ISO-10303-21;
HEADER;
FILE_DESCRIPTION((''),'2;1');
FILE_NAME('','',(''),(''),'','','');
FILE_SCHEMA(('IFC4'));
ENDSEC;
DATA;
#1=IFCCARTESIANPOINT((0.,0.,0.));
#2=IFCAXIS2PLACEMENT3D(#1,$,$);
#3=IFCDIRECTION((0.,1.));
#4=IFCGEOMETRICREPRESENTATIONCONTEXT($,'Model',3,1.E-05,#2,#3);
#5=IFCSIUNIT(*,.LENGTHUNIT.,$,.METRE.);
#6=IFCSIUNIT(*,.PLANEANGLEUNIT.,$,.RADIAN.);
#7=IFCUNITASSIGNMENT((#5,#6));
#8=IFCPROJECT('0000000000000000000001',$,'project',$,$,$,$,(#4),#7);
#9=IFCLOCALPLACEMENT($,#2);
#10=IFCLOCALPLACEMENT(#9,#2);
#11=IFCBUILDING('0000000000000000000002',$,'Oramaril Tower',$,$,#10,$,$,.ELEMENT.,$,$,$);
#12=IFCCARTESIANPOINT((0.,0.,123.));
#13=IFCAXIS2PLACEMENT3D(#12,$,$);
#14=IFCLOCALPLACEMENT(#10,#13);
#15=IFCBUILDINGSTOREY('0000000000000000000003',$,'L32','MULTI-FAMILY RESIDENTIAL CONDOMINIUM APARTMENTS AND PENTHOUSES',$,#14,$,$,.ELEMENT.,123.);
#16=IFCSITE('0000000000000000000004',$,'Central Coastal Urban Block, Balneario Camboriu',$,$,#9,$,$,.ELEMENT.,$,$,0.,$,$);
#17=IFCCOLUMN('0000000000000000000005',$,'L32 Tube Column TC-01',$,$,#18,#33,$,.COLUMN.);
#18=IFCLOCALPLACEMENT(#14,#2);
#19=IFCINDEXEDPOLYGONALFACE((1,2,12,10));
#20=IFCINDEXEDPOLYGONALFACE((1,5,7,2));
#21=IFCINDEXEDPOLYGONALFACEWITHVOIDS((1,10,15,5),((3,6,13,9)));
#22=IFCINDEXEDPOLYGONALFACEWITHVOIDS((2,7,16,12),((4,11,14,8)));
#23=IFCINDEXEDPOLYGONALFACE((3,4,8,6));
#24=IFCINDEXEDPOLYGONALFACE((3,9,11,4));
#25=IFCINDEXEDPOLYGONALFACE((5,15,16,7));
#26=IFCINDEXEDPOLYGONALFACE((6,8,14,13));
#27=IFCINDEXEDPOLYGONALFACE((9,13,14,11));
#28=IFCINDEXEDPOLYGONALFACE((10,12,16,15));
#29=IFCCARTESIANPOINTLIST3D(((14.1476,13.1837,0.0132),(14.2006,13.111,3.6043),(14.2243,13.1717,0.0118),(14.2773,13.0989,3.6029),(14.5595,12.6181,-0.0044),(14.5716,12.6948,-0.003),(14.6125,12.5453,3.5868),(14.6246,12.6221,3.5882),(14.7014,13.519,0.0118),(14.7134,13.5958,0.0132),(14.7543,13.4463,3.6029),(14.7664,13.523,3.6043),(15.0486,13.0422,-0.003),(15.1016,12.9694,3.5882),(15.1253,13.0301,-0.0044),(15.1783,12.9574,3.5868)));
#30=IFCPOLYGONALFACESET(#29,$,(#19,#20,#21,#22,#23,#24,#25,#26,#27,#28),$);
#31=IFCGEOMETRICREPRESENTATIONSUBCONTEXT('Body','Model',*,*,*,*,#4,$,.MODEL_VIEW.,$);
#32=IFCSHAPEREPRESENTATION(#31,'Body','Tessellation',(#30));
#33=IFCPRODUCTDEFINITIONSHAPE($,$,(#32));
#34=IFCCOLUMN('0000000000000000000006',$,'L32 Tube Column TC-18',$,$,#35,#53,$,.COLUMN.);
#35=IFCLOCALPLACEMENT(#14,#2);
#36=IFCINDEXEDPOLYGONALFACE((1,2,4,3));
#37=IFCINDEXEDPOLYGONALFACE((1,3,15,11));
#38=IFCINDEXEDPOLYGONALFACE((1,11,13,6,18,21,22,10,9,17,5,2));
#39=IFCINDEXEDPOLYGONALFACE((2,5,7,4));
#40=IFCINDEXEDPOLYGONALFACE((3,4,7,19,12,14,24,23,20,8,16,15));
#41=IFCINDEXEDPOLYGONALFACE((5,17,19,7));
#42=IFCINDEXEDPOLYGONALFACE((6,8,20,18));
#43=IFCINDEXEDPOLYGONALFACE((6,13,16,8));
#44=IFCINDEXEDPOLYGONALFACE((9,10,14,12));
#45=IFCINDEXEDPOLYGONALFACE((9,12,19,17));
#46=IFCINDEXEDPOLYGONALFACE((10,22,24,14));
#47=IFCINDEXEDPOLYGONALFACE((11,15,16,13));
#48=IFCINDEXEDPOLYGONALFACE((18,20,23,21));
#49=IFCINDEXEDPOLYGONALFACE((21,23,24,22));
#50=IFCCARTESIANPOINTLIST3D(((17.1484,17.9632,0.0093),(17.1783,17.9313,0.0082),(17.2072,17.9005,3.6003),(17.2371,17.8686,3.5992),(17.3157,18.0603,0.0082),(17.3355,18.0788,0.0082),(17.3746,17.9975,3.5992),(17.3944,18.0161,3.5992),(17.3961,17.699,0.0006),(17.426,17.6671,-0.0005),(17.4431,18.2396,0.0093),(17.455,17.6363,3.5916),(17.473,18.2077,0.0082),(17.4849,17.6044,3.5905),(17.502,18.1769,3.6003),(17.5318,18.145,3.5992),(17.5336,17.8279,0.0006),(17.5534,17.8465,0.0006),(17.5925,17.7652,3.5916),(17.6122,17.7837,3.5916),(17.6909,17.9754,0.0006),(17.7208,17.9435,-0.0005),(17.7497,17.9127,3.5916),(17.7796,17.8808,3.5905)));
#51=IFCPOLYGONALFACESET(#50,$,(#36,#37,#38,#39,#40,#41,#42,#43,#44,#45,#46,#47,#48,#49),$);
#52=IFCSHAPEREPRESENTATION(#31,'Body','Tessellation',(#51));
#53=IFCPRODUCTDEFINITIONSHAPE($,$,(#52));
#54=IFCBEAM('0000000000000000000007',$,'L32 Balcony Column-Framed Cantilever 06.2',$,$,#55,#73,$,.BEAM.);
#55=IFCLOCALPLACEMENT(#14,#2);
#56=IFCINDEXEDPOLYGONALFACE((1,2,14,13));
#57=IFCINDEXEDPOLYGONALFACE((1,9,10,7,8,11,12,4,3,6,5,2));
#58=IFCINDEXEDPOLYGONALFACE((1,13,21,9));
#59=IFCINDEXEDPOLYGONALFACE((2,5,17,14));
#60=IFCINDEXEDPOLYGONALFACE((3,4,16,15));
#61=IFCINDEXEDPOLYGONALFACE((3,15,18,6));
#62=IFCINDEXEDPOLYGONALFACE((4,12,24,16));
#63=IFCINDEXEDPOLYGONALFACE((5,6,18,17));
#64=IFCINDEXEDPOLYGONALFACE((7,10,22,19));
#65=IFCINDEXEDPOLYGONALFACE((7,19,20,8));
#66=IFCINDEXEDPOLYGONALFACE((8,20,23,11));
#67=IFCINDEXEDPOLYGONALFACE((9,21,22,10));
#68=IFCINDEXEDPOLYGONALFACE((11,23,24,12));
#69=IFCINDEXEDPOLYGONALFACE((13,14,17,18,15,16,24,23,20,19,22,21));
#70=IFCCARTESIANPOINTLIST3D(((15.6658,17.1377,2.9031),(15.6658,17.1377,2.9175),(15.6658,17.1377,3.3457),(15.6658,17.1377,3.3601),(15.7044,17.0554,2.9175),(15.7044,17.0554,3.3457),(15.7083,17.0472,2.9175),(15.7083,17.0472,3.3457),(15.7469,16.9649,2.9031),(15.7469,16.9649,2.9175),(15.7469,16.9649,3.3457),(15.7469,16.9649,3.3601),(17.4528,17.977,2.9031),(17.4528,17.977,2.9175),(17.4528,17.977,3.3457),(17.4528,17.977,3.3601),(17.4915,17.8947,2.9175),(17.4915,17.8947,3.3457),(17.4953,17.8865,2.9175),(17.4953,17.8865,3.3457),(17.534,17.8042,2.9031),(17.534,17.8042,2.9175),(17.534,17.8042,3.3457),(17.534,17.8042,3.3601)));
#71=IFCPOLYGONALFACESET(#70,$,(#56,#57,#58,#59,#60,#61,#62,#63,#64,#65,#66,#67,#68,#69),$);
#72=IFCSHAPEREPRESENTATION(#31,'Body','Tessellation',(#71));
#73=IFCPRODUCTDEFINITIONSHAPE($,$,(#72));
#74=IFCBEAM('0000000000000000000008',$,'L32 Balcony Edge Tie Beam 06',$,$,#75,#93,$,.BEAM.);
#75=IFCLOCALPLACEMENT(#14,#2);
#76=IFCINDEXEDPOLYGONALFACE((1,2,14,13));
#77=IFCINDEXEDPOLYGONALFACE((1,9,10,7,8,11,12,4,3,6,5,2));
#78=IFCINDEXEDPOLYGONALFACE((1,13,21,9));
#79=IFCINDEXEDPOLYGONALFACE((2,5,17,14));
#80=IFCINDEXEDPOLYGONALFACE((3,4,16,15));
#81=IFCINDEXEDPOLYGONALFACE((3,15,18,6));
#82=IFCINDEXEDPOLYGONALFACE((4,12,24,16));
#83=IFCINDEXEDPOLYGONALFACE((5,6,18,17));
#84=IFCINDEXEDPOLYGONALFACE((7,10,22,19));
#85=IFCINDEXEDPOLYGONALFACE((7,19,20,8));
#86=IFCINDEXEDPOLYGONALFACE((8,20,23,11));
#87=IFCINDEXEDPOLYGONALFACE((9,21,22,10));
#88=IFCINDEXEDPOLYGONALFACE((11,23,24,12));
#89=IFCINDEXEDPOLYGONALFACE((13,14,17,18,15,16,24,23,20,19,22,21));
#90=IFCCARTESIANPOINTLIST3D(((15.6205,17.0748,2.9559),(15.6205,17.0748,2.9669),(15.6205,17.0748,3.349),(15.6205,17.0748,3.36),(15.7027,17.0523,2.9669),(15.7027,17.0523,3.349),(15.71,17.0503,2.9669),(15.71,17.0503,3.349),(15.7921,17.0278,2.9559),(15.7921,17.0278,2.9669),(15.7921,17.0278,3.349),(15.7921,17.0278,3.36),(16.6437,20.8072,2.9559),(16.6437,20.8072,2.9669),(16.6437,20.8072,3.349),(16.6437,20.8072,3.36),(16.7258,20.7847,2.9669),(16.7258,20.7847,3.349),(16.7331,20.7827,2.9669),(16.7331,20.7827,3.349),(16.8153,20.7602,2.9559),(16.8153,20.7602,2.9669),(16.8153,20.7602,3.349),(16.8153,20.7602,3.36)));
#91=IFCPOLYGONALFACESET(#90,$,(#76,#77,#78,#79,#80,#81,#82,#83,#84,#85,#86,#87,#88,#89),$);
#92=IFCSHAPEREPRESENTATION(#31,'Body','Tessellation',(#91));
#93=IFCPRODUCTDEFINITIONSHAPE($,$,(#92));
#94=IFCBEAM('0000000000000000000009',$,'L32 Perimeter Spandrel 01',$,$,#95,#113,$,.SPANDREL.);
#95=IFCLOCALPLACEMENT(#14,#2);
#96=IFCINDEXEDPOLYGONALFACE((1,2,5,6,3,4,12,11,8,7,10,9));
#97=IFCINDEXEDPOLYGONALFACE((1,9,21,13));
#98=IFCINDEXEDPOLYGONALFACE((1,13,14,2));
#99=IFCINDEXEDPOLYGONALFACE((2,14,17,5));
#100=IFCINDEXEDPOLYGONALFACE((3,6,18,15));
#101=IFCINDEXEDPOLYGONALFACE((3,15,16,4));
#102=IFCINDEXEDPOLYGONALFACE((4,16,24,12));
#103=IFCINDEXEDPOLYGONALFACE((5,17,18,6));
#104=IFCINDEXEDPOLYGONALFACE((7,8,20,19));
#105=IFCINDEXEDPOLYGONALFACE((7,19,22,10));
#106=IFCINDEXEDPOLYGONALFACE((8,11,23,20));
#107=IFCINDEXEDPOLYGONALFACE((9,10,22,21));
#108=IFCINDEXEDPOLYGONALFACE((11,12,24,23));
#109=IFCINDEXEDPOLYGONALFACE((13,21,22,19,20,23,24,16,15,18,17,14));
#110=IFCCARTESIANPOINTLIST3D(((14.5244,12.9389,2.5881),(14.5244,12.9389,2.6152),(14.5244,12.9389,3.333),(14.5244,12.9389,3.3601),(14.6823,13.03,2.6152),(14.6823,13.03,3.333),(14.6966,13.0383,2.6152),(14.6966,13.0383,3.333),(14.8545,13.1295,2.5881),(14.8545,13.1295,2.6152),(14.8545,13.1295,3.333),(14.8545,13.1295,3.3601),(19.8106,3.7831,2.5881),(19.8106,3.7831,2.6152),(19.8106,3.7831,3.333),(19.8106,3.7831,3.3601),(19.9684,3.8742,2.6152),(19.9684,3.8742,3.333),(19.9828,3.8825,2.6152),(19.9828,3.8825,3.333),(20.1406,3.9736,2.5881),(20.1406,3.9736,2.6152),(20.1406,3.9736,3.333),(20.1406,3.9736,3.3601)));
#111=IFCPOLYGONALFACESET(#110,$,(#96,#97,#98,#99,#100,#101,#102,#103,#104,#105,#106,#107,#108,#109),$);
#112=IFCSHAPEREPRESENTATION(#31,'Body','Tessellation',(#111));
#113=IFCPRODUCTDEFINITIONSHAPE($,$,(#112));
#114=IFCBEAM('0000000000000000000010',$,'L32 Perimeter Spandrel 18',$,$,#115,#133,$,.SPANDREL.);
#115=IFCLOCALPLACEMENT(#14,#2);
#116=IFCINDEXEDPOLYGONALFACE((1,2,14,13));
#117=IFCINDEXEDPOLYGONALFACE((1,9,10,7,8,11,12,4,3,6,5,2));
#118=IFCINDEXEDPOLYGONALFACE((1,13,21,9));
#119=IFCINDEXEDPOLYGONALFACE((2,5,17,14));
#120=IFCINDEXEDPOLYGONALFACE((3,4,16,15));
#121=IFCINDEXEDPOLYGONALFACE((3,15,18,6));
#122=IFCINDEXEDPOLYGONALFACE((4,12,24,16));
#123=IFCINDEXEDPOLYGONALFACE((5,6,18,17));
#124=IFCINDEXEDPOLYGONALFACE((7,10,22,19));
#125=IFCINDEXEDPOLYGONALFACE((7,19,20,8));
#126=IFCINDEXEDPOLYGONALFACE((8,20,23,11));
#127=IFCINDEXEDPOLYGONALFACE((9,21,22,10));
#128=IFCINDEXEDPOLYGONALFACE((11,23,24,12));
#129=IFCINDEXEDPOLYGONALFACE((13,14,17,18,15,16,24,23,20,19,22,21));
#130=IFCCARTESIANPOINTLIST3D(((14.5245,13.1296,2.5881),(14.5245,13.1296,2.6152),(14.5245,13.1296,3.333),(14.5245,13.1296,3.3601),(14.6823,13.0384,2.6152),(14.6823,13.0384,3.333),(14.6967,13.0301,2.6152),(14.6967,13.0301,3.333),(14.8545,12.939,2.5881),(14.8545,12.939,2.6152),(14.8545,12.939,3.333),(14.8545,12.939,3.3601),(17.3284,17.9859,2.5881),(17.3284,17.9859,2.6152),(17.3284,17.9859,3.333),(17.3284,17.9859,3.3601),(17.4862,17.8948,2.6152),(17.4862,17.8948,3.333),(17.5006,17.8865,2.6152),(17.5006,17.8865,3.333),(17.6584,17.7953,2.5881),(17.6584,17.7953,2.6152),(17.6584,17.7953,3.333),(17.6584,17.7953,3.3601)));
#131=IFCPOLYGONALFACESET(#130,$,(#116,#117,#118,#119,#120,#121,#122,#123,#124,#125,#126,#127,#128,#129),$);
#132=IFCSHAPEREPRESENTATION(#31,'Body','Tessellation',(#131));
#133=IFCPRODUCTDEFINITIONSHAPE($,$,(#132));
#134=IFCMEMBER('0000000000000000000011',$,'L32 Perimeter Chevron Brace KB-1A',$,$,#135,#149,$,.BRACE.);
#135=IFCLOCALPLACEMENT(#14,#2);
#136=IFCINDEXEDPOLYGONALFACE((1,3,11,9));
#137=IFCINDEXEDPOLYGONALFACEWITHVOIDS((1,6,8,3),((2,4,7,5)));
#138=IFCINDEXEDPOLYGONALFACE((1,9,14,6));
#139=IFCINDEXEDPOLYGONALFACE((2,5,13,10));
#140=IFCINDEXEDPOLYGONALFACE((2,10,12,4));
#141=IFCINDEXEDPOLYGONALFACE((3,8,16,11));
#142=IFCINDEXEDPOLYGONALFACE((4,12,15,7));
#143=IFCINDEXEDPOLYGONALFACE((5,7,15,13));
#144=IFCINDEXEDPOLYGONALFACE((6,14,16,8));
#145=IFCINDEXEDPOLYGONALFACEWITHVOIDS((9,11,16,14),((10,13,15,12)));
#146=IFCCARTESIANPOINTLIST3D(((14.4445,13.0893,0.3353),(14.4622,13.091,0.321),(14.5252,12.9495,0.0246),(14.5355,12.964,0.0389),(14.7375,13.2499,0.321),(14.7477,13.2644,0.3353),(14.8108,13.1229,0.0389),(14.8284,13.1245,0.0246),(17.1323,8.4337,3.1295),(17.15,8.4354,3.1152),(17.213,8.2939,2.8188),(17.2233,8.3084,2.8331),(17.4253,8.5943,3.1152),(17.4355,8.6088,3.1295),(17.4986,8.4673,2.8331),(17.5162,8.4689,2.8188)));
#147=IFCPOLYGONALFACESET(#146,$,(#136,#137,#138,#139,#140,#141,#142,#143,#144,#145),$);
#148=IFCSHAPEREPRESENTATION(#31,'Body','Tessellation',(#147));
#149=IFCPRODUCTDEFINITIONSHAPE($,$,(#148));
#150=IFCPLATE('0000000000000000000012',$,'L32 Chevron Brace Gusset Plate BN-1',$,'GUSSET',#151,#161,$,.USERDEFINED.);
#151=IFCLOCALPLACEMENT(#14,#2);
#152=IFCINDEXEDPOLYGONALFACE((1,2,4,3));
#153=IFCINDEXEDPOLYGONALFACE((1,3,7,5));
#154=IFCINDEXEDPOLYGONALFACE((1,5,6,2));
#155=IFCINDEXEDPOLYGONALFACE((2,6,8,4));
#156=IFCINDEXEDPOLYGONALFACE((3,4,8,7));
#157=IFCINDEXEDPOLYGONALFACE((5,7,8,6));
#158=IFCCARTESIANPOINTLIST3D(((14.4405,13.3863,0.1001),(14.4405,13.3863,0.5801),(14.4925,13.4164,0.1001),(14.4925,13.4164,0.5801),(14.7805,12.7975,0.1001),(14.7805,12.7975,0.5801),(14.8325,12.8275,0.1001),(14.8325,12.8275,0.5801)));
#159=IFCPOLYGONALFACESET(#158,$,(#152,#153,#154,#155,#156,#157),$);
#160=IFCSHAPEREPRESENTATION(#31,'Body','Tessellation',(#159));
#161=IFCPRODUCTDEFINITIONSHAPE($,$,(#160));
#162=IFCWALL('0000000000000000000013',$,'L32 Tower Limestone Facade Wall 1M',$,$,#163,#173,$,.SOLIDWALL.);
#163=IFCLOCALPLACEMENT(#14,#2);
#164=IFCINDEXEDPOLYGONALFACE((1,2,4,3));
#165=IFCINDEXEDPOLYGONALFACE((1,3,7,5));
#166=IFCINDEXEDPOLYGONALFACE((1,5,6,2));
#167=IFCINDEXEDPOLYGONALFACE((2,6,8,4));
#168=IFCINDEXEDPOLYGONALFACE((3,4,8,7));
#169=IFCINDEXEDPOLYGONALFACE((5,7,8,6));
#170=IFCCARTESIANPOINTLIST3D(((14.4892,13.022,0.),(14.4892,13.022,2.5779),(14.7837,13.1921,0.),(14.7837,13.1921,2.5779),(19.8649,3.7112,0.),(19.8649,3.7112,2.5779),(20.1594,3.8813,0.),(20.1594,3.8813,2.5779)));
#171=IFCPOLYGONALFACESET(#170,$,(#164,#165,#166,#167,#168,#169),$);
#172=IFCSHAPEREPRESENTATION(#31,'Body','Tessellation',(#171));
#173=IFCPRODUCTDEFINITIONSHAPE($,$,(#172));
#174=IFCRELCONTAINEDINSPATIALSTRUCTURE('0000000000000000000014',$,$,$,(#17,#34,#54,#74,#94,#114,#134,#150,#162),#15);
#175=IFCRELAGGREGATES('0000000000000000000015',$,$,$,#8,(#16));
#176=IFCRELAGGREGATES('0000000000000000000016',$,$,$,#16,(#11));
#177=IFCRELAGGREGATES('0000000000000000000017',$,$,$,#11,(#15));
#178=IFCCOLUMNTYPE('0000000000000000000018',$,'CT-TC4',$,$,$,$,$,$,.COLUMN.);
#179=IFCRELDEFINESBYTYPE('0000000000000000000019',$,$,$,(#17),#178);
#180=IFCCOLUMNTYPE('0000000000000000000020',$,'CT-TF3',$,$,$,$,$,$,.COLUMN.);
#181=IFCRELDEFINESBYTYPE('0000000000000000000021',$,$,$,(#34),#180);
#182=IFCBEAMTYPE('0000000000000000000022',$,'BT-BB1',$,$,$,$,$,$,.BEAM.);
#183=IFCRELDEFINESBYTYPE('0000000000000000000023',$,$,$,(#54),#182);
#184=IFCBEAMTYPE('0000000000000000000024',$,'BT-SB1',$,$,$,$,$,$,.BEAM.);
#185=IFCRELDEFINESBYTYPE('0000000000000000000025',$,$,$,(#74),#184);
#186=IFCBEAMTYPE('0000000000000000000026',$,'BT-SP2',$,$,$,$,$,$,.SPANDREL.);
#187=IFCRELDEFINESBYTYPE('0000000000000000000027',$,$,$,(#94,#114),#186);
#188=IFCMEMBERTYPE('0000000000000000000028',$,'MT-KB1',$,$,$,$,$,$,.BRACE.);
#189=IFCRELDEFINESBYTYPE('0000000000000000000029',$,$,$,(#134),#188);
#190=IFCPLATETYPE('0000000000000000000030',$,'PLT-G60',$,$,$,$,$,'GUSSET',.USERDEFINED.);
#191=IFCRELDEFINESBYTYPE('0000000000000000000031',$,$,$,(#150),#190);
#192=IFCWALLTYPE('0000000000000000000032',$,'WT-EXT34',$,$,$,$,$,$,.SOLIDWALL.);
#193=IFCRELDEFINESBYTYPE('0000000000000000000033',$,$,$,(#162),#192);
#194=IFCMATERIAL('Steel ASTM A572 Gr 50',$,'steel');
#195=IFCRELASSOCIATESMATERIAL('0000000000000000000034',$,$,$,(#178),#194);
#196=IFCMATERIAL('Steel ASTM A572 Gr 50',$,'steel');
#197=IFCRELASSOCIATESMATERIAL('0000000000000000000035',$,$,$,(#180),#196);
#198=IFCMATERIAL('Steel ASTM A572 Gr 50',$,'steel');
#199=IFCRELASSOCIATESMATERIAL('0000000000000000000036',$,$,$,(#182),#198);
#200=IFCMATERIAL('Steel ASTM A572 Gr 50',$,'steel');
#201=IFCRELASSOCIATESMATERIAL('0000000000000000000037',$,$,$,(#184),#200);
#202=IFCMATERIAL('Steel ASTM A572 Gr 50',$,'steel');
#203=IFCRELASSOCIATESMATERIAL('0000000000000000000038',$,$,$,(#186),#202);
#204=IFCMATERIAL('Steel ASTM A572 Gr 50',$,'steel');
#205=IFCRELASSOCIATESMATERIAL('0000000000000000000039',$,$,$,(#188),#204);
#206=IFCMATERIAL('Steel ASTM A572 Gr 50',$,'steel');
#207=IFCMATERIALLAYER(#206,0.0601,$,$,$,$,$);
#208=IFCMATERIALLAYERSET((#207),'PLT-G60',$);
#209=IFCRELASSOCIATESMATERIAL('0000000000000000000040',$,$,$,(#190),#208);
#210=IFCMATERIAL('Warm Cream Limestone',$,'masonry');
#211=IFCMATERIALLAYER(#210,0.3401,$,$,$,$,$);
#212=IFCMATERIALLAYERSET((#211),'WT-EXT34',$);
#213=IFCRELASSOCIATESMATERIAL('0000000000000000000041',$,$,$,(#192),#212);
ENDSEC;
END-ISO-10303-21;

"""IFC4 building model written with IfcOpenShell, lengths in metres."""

from ifc_helpers import new_model, si_unit, direction, frame, frame_2d, origin, origin_2d, place, context, subcontext, project, spatial, rectangle, hollow_rectangle, i_section, extrude, material, layer, layer_set, material_profile, profile_set, type_object, element, save


model = new_model("IFC4")

# Units and contexts
model_context = context("Model", 3, precision=1e-05, world=origin(), true_north=direction((0.0, 1.0)))
body_context = subcontext(model_context, "Body", "Model", "MODEL_VIEW")
ifc_project = project(units=[si_unit("LENGTHUNIT", "METRE"), si_unit("PLANEANGLEUNIT", "RADIAN")], contexts=[model_context])

# Site, building, storey
site_placement = place(None, origin())
site = spatial("IfcSite", under=ifc_project, at=site_placement, Name="Central Coastal Urban Block, Balneario Camboriu", CompositionType="ELEMENT", RefElevation=0.0)
building_placement = place(site_placement, origin())
building = spatial("IfcBuilding", under=site, at=building_placement, Name="Oramaril Tower", CompositionType="ELEMENT")
storey_placement = place(building_placement, frame((0.0, 0.0, 123.0)))
storey = spatial("IfcBuildingStorey", under=building, at=storey_placement, Name="L32", Description="MULTI-FAMILY RESIDENTIAL CONDOMINIUM APARTMENTS AND PENTHOUSES", CompositionType="ELEMENT", Elevation=123.0)

# Columns
ifc_material_1 = material(Name="Steel ASTM A572 Gr 50", Category="steel")
ifc_material_profile_1 = material_profile(ifc_material_1, hollow_rectangle(XDim=0.7, YDim=0.7, WallThickness=0.0549, at=origin_2d()), Name="BOX700X700X55")
ifc_profile_set_1 = profile_set([ifc_material_profile_1], Name="Steel ASTM A572 Gr 50")
column_type_1 = type_object("IfcColumnType", Name="CT-TC4", PredefinedType="COLUMN", material=ifc_profile_set_1)
column_1_placement = place(storey_placement, frame((14.6365, 13.1069, 0.0044), z_axis=(0.014748, -0.020253, 0.999686), x_axis=(0.808384, 0.588655, 0.0)))
element("IfcColumn", 1, at=column_1_placement, inside=storey, type_object=column_type_1, Name="L32 Tube Column TC-01", PredefinedType="COLUMN", context=body_context, shape_type="SweptSolid", body=[
    extrude(hollow_rectangle(XDim=0.7, YDim=0.7, WallThickness=0.0549, at=origin_2d()), origin(), (0.0, 0.0, 1.0), 3.5923),
])
ifc_material_2 = material(Name="Steel ASTM A572 Gr 50", Category="steel")
ifc_material_profile_2 = material_profile(ifc_material_2, i_section(OverallWidth=0.4041, OverallDepth=0.406, WebThickness=0.0271, FlangeThickness=0.0437, at=origin_2d()), Name="W14X233")
ifc_profile_set_2 = profile_set([ifc_material_profile_2], Name="Steel ASTM A572 Gr 50")
column_type_2 = type_object("IfcColumnType", Name="CT-TF3", PredefinedType="COLUMN", material=ifc_profile_set_2)
column_2_placement = place(storey_placement, frame((17.4346, 17.9534, 0.0044), z_axis=(0.01638, -0.017467, 0.999713), x_axis=(0.729449, 0.684036, 0.0)))
element("IfcColumn", 2, at=column_2_placement, inside=storey, type_object=column_type_2, Name="L32 Tube Column TC-18", PredefinedType="COLUMN", context=body_context, shape_type="SweptSolid", body=[
    extrude(i_section(OverallWidth=0.4041, OverallDepth=0.406, WebThickness=0.0271, FlangeThickness=0.0437, at=origin_2d()), origin(), (0.0, 0.0, 1.0), 3.592),
])

# Beams
ifc_material_3 = material(Name="Steel ASTM A572 Gr 50", Category="steel")
ifc_material_profile_3 = material_profile(ifc_material_3, i_section(OverallWidth=0.1909, OverallDepth=0.457, WebThickness=0.009, FlangeThickness=0.0144, at=origin_2d()), Name="W18X50")
ifc_profile_set_3 = profile_set([ifc_material_profile_3], Name="Steel ASTM A572 Gr 50")
beam_type_1 = type_object("IfcBeamType", Name="BT-BB1", PredefinedType="BEAM", material=ifc_profile_set_3)
beam_1_placement = place(storey_placement, frame((17.4934, 17.8906, 3.1316), z_axis=(-0.905138, -0.425118, 0.0), x_axis=(0.425118, -0.905138, 0.0)))
element("IfcBeam", 3, at=beam_1_placement, inside=storey, type_object=beam_type_1, Name="L32 Balcony Column-Framed Cantilever 06.2", PredefinedType="BEAM", context=body_context, shape_type="SweptSolid", body=[
    extrude(i_section(OverallWidth=0.1909, OverallDepth=0.457, WebThickness=0.009, FlangeThickness=0.0144, at=origin_2d()), origin(), (0.0, 0.0, 1.0), 1.9744),
])
ifc_material_4 = material(Name="Steel ASTM A572 Gr 50", Category="steel")
ifc_material_profile_4 = material_profile(ifc_material_4, i_section(OverallWidth=0.178, OverallDepth=0.4041, WebThickness=0.0076, FlangeThickness=0.011, at=origin_2d()), Name="W16X36")
ifc_profile_set_4 = profile_set([ifc_material_profile_4], Name="Steel ASTM A572 Gr 50")
beam_type_2 = type_object("IfcBeamType", Name="BT-SB1", PredefinedType="BEAM", material=ifc_profile_set_4)
beam_2_placement = place(storey_placement, frame((16.7295, 20.7837, 3.158), z_axis=(-0.264382, -0.964418, 0.0), x_axis=(0.964418, -0.264382, 0.0)))
element("IfcBeam", 4, at=beam_2_placement, inside=storey, type_object=beam_type_2, Name="L32 Balcony Edge Tie Beam 06", PredefinedType="BEAM", context=body_context, shape_type="SweptSolid", body=[
    extrude(i_section(OverallWidth=0.178, OverallDepth=0.4041, WebThickness=0.0076, FlangeThickness=0.011, at=origin_2d()), origin(), (0.0, 0.0, 1.0), 3.8701),
])
ifc_material_5 = material(Name="Steel ASTM A572 Gr 50", Category="steel")
ifc_material_profile_5 = material_profile(ifc_material_5, i_section(OverallWidth=0.3811, OverallDepth=0.772, WebThickness=0.0166, FlangeThickness=0.0271, at=origin_2d()), Name="W30X173")
ifc_profile_set_5 = profile_set([ifc_material_profile_5], Name="Steel ASTM A572 Gr 50")
beam_type_3 = type_object("IfcBeamType", Name="BT-SP2", PredefinedType="SPANDREL", material=ifc_profile_set_5)
beam_3_placement = place(storey_placement, frame((14.6895, 13.0342, 2.9741), z_axis=(0.500004, -0.866023, 0.0), x_axis=(0.866023, 0.500004, 0.0)))
element("IfcBeam", 5, at=beam_3_placement, inside=storey, type_object=beam_type_3, Name="L32 Perimeter Spandrel 01", PredefinedType="SPANDREL", context=body_context, shape_type="SweptSolid", body=[
    extrude(i_section(OverallWidth=0.3811, OverallDepth=0.772, WebThickness=0.0166, FlangeThickness=0.0271, at=origin_2d()), origin(), (0.0, 0.0, 1.0), 10.5723),
])
beam_4_placement = place(storey_placement, frame((17.4934, 17.8906, 2.9741), z_axis=(-0.500011, -0.866019, 0.0), x_axis=(0.866019, -0.500011, 0.0)))
element("IfcBeam", 6, at=beam_4_placement, inside=storey, type_object=beam_type_3, Name="L32 Perimeter Spandrel 18", PredefinedType="SPANDREL", context=body_context, shape_type="SweptSolid", body=[
    extrude(i_section(OverallWidth=0.3811, OverallDepth=0.772, WebThickness=0.0166, FlangeThickness=0.0271, at=origin_2d()), origin(), (0.0, 0.0, 1.0), 5.6077),
])

# Member
ifc_material_6 = material(Name="Steel ASTM A572 Gr 50", Category="steel")
ifc_material_profile_6 = material_profile(ifc_material_6, hollow_rectangle(XDim=0.3501, YDim=0.3501, WallThickness=0.0161, at=origin_2d()), Name="HSS350X350X16")
ifc_profile_set_6 = profile_set([ifc_material_profile_6], Name="Steel ASTM A572 Gr 50")
member_type = type_object("IfcMemberType", Name="MT-KB1", PredefinedType="BRACE", material=ifc_profile_set_6)
member_placement = place(storey_placement, frame((14.6365, 13.1069, 0.1799), z_axis=(0.443633, -0.768429, 0.461202), x_axis=(0.866035, 0.499983, 0.0)))
element("IfcMember", 7, at=member_placement, inside=storey, type_object=member_type, Name="L32 Perimeter Chevron Brace KB-1A", PredefinedType="BRACE", context=body_context, shape_type="SweptSolid", body=[
    extrude(hollow_rectangle(XDim=0.3501, YDim=0.3501, WallThickness=0.0161, at=origin_2d()), origin(), (0.0, 0.0, 1.0), 6.0586),
])

# Plate
ifc_material_7 = material(Name="Steel ASTM A572 Gr 50", Category="steel")
ifc_layer_1 = layer(ifc_material_7, 0.0601)
ifc_layer_set_1 = layer_set([ifc_layer_1], Name="PLT-G60")
plate_type = type_object("IfcPlateType", Name="PLT-G60", ElementType="GUSSET", PredefinedType="USERDEFINED", material=ifc_layer_set_1)
plate_placement = place(storey_placement, frame((14.6365, 13.1069, 0.1001), z_axis=(0.0, 0.0, 1.0), x_axis=(0.500003, -0.866024, 0.0)))
element("IfcPlate", 8, at=plate_placement, inside=storey, type_object=plate_type, Name="L32 Chevron Brace Gusset Plate BN-1", ObjectType="GUSSET", PredefinedType="USERDEFINED", context=body_context, shape_type="SweptSolid", body=[
    extrude(rectangle(XDim=0.6799, YDim=0.0601, at=origin_2d()), origin(), (0.0, 0.0, 1.0), 0.48),
])

# Wall
ifc_material_8 = material(Name="Warm Cream Limestone", Category="masonry")
ifc_layer_2 = layer(ifc_material_8, 0.3401)
ifc_layer_set_2 = layer_set([ifc_layer_2], Name="WT-EXT34")
wall_type_1 = type_object("IfcWallType", Name="WT-EXT34", PredefinedType="SOLIDWALL", material=ifc_layer_set_2)
wall_1_placement = place(storey_placement, frame((14.6365, 13.1069, 0.0), z_axis=(0.0, 0.0, 1.0), x_axis=(0.50001, -0.86602, 0.0)))
element("IfcWall", 9, at=wall_1_placement, inside=storey, type_object=wall_type_1, Name="L32 Tower Limestone Facade Wall 1M", PredefinedType="SOLIDWALL", context=body_context, shape_type="SweptSolid", body=[
    extrude(rectangle(XDim=10.7512, YDim=0.3401, at=frame_2d((5.3755, 0.0))), origin(), (0.0, 0.0, 1.0), 2.5779),
])

save(model, "model.ifc")
